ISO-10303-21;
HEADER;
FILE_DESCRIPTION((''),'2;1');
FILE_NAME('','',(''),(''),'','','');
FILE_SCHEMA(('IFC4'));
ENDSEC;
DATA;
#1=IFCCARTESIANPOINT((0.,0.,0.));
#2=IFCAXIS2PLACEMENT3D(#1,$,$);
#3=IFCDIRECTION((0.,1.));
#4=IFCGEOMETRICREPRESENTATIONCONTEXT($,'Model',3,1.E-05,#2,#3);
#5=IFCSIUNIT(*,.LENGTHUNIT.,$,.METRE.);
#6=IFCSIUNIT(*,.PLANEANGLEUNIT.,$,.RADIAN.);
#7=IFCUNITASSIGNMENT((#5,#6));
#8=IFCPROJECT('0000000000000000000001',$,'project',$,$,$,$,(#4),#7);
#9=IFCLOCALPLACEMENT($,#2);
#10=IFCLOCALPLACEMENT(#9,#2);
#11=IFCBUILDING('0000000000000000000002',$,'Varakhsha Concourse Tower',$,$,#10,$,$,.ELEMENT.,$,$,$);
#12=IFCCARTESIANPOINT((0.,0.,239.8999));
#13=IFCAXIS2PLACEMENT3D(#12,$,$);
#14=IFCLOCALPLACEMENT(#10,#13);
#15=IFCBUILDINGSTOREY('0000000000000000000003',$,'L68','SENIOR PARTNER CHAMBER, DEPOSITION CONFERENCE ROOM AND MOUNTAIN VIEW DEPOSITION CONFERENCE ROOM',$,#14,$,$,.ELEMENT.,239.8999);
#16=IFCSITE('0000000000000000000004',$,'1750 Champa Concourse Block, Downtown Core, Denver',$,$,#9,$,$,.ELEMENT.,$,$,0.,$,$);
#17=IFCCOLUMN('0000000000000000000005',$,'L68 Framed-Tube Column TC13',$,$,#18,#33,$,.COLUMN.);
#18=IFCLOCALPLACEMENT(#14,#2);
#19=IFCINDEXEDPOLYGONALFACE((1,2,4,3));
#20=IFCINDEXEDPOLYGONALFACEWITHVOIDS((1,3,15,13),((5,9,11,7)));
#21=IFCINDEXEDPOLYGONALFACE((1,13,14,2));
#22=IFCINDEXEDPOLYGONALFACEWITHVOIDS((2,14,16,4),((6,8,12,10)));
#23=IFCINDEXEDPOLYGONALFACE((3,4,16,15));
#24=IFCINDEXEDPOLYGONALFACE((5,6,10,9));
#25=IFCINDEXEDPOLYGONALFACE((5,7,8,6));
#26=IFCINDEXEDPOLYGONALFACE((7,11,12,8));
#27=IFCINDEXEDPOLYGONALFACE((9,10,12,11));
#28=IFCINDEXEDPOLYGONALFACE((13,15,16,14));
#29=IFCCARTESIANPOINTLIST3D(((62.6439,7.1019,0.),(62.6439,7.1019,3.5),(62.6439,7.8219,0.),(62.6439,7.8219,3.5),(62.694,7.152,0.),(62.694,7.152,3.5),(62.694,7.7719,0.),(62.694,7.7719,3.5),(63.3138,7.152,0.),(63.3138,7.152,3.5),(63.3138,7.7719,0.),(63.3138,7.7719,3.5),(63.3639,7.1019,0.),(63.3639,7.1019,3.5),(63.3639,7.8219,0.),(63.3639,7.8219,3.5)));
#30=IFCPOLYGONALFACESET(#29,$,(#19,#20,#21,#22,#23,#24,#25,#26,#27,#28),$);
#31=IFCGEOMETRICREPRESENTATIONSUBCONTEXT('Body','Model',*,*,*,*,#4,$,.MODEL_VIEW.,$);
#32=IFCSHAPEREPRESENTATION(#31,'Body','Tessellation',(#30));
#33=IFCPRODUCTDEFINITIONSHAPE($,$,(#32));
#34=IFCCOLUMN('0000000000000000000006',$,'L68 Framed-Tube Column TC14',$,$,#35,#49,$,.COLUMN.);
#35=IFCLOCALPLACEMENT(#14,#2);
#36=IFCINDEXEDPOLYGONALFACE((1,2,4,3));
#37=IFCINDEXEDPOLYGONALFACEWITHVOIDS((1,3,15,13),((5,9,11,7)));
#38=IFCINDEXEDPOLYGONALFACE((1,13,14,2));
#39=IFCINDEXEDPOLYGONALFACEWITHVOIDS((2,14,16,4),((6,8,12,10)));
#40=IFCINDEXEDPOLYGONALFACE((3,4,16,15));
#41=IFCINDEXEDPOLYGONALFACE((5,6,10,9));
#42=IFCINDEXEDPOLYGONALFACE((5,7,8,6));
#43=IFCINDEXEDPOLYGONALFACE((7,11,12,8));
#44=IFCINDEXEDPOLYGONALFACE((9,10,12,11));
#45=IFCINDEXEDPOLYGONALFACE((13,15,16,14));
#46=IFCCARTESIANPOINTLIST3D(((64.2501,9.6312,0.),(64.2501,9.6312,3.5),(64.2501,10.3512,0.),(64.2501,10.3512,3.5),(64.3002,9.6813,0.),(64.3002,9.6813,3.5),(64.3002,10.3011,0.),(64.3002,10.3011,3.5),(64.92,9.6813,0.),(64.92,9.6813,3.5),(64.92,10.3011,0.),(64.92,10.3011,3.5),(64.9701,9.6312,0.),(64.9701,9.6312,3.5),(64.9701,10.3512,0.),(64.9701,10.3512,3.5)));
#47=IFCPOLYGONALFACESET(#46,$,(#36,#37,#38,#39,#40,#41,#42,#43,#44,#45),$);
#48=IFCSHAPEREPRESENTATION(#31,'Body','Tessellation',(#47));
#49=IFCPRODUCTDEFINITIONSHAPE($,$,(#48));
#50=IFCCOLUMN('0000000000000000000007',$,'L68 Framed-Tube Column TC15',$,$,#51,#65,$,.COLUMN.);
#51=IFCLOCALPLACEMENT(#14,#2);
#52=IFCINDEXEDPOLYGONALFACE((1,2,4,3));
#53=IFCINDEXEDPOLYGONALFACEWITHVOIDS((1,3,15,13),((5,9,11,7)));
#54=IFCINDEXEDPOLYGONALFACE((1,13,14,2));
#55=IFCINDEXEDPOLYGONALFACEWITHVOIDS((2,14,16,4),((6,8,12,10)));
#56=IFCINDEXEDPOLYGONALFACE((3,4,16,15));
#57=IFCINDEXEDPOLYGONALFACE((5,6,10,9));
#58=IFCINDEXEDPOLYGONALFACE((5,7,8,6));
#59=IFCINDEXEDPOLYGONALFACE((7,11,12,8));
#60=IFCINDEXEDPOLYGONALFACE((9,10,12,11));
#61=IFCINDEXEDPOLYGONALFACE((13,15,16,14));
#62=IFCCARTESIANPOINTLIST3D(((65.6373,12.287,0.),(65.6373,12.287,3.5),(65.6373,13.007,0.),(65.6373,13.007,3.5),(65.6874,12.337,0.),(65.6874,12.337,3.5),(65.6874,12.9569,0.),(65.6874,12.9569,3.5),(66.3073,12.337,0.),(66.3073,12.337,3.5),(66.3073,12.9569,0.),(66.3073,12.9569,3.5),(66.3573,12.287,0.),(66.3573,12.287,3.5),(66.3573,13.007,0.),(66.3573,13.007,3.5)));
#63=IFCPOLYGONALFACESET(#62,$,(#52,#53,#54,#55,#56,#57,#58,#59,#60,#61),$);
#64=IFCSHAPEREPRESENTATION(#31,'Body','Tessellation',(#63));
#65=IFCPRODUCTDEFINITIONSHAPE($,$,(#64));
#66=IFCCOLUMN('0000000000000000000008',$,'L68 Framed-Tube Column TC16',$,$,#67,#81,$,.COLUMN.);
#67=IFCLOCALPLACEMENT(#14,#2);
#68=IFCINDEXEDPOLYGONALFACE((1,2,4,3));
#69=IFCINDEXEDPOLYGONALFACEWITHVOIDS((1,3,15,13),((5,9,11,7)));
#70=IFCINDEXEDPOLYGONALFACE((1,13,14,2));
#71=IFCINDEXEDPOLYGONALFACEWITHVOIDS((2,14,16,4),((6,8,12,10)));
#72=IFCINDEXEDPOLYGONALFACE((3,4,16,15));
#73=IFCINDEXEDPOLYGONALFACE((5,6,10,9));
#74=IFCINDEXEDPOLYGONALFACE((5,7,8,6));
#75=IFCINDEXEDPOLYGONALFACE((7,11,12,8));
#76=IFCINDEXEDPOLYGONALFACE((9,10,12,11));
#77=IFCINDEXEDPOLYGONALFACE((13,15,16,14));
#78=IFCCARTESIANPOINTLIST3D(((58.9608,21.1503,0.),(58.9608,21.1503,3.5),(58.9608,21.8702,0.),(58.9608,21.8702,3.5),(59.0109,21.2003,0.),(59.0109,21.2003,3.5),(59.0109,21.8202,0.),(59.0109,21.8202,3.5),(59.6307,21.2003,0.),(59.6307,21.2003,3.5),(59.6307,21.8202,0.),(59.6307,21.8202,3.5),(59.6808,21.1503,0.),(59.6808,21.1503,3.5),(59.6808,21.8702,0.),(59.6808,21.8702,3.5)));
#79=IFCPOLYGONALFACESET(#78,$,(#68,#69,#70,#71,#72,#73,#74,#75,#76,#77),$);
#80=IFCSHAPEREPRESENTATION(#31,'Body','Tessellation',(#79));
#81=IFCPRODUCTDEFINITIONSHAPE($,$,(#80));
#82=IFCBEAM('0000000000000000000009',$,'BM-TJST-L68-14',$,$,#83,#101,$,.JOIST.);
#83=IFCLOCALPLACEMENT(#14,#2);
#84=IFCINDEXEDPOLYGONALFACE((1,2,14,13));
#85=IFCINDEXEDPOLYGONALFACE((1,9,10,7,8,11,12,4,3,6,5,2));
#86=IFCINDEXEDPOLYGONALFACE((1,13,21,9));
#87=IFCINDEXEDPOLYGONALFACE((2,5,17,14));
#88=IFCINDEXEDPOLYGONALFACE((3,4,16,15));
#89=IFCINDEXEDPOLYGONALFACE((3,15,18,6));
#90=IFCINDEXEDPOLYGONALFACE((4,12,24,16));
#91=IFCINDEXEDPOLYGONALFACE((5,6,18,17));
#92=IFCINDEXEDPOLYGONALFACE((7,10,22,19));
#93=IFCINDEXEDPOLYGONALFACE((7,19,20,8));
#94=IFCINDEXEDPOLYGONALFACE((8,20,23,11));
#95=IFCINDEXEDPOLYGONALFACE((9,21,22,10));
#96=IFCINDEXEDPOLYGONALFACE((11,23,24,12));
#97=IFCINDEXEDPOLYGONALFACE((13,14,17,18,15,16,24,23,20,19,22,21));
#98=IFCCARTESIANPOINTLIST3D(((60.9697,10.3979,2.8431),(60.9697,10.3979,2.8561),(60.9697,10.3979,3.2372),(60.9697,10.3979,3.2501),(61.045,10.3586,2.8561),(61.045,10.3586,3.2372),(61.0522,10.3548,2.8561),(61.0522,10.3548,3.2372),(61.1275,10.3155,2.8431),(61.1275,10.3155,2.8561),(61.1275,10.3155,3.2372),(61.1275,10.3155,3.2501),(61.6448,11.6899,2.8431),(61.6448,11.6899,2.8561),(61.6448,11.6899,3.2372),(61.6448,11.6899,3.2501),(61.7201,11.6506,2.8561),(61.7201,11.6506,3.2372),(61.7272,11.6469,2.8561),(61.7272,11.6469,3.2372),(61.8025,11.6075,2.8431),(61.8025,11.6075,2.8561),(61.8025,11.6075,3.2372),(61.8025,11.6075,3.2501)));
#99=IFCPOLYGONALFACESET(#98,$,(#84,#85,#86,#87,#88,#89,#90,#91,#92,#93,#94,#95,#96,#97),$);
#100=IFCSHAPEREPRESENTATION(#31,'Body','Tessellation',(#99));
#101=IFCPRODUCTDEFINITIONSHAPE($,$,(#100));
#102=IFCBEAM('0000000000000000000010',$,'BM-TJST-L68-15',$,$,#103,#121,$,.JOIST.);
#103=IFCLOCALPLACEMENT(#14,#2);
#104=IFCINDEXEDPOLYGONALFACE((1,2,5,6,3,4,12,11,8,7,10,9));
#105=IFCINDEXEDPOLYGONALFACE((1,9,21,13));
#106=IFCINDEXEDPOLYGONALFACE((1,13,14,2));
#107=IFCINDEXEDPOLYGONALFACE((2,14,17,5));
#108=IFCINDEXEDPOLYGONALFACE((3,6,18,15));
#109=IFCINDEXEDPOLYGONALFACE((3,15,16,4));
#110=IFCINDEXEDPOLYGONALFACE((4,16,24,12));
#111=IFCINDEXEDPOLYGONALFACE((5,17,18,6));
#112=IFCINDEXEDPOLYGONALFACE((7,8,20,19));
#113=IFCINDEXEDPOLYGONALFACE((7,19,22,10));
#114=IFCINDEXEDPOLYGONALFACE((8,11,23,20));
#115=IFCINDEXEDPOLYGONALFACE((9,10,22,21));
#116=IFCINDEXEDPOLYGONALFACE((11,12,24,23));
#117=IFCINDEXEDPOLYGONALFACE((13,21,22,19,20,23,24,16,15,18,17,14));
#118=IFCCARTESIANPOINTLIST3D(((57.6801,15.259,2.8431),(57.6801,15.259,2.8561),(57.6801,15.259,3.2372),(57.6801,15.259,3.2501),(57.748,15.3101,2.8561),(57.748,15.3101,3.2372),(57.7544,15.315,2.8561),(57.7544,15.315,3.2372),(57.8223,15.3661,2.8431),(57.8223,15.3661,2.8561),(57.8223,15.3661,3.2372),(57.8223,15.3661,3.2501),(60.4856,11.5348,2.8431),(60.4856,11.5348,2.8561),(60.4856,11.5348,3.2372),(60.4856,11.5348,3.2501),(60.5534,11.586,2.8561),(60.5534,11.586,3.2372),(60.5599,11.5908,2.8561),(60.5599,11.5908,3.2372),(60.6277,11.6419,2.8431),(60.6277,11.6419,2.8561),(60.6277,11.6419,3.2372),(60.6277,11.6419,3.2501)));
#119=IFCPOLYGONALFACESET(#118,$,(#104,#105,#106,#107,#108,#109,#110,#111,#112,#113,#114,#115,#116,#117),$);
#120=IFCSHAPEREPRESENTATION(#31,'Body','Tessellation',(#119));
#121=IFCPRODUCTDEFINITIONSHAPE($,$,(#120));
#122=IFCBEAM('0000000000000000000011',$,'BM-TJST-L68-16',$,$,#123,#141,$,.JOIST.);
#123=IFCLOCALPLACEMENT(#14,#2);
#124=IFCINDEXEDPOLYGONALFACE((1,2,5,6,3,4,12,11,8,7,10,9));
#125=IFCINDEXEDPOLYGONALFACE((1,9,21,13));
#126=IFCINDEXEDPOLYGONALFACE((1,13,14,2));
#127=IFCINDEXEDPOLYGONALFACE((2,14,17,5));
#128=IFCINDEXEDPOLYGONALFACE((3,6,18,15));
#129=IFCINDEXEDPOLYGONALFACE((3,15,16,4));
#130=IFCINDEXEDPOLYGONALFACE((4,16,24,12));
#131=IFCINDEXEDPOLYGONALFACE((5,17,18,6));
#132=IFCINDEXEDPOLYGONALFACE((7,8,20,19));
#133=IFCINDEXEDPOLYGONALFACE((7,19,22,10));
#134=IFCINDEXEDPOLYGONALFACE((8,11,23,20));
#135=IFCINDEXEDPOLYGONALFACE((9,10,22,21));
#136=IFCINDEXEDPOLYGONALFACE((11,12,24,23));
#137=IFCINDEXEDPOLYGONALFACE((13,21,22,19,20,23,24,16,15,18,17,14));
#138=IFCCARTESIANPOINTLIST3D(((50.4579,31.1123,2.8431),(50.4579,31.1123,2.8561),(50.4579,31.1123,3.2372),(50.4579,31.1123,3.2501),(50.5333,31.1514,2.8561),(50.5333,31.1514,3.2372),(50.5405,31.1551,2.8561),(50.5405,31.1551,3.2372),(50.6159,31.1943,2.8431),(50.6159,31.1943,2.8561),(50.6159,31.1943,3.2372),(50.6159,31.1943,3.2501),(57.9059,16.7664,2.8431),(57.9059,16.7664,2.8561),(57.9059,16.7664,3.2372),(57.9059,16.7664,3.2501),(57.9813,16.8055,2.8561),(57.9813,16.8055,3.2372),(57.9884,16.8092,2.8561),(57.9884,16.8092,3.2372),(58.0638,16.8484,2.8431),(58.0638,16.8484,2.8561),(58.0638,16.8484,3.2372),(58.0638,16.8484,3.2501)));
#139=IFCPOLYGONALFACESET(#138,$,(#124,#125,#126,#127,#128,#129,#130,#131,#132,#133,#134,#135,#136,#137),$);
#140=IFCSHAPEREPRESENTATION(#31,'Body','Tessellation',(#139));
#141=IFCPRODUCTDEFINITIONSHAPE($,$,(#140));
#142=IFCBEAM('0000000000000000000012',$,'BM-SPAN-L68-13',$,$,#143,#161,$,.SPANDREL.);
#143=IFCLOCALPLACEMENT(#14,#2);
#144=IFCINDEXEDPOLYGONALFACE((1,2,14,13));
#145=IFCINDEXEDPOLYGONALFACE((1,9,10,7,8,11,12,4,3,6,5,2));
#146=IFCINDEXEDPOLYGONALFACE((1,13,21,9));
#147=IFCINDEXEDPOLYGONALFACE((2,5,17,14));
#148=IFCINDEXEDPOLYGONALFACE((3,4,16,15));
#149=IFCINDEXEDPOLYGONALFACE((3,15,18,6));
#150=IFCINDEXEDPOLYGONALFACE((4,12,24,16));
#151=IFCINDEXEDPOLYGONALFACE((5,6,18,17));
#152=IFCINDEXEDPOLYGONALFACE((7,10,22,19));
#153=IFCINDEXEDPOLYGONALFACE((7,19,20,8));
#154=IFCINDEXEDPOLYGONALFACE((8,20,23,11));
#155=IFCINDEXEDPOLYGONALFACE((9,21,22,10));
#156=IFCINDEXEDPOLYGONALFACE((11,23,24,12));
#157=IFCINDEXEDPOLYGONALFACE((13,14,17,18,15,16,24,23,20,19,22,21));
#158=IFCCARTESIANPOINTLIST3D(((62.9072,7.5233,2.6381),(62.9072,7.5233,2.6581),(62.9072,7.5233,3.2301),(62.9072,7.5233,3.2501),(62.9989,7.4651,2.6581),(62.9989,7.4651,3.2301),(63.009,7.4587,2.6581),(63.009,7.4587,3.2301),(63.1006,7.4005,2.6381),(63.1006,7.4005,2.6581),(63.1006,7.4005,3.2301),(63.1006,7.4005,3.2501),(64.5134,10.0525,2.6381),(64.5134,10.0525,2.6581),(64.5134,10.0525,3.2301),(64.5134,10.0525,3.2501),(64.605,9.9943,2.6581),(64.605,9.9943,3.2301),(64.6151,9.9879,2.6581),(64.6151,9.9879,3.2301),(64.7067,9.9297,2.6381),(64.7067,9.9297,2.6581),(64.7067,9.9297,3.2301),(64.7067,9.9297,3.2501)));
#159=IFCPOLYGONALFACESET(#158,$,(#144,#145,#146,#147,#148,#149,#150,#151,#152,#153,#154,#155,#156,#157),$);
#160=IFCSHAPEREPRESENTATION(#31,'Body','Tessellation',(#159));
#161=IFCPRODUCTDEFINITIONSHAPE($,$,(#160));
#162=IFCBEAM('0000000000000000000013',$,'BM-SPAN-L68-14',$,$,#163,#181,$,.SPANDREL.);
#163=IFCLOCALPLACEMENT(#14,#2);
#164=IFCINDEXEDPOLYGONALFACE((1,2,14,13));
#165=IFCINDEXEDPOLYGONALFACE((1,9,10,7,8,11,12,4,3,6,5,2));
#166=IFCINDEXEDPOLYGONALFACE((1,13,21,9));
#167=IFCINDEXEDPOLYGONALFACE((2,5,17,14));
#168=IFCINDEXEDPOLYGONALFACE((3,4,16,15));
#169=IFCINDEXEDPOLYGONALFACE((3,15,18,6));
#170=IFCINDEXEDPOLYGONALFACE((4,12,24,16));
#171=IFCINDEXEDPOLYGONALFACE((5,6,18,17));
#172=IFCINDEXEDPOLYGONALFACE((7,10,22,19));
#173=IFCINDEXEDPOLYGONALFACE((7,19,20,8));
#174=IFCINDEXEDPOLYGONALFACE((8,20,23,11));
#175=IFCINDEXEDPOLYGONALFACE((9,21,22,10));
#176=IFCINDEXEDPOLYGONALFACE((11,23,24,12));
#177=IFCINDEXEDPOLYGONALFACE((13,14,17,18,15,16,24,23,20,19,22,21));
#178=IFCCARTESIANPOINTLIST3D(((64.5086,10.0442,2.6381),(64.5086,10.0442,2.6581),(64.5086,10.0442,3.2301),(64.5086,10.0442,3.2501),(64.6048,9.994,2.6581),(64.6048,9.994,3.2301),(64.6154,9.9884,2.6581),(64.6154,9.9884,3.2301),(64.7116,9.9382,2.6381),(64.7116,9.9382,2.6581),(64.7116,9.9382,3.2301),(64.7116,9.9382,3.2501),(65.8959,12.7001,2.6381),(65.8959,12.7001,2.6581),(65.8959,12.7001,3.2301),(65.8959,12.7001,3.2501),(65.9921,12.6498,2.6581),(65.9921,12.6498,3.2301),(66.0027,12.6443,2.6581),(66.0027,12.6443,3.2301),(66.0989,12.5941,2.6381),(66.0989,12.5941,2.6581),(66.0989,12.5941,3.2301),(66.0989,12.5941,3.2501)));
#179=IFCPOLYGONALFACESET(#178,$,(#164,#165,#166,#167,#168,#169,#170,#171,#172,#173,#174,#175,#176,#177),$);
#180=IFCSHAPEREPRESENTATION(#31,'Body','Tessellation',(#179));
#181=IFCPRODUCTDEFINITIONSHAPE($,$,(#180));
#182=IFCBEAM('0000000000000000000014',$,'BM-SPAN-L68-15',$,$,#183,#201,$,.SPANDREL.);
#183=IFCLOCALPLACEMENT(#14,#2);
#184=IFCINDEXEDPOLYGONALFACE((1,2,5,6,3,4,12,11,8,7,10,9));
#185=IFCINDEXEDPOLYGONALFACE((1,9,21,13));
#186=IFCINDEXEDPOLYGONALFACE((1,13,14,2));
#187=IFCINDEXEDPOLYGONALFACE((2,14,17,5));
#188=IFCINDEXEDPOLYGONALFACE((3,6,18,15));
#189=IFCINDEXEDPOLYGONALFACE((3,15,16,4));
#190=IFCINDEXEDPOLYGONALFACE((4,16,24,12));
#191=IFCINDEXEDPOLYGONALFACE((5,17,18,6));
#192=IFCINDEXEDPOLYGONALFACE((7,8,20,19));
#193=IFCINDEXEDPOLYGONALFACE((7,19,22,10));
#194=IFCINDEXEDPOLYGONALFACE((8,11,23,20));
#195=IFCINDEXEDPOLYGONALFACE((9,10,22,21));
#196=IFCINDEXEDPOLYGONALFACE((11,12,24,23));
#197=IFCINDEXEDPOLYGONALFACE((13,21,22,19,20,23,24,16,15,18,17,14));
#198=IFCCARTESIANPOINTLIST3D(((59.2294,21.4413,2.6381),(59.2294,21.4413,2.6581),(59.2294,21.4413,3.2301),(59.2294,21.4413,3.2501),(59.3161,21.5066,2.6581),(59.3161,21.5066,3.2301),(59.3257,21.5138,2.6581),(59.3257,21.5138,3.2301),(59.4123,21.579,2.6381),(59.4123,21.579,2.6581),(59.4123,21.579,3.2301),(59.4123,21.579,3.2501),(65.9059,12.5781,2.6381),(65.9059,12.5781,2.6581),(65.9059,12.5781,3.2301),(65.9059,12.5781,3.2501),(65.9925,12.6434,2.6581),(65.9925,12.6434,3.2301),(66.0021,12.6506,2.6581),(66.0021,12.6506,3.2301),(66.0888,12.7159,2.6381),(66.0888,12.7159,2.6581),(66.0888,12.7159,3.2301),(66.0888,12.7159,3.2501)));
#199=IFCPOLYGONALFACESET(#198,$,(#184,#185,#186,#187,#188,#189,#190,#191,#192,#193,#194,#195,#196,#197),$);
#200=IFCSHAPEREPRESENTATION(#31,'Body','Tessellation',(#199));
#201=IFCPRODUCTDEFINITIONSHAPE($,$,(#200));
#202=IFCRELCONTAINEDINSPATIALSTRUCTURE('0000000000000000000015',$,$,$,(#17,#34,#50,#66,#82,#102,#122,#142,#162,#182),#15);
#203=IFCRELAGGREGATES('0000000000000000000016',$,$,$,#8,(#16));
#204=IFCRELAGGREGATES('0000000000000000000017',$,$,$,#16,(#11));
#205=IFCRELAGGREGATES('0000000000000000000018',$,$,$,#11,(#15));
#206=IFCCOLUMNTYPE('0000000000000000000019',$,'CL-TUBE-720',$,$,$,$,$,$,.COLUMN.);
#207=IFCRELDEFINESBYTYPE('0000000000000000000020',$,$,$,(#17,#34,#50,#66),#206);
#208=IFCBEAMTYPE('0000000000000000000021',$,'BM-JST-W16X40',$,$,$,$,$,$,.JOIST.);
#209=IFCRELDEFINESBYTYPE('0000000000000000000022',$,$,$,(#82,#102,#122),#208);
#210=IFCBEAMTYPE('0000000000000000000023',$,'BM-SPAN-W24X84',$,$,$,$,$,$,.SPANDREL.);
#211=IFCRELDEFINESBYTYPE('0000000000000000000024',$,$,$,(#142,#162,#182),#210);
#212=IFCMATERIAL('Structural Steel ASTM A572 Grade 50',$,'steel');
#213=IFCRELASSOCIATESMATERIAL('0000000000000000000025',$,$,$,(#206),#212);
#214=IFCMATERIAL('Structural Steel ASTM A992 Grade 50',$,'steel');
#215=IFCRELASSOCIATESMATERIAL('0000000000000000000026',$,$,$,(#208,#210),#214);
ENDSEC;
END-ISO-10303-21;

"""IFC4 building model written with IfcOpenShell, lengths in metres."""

from ifc_helpers import new_model, si_unit, direction, frame, origin, origin_2d, place, context, subcontext, project, spatial, hollow_rectangle, i_section, extrude, material, material_profile, profile_set, type_object, element, save


model = new_model("IFC4")

# Units and contexts
model_context = context("Model", 3, precision=1e-05, world=origin(), true_north=direction((0.0, 1.0)))
body_context = subcontext(model_context, "Body", "Model", "MODEL_VIEW")
ifc_project = project(units=[si_unit("LENGTHUNIT", "METRE"), si_unit("PLANEANGLEUNIT", "RADIAN")], contexts=[model_context])

# Site, building, storey
site_placement = place(None, origin())
site = spatial("IfcSite", under=ifc_project, at=site_placement, Name="1750 Champa Concourse Block, Downtown Core, Denver", CompositionType="ELEMENT", RefElevation=0.0)
building_placement = place(site_placement, origin())
building = spatial("IfcBuilding", under=site, at=building_placement, Name="Varakhsha Concourse Tower", CompositionType="ELEMENT")
storey_placement = place(building_placement, frame((0.0, 0.0, 239.8999)))
storey = spatial("IfcBuildingStorey", under=building, at=storey_placement, Name="L68", Description="SENIOR PARTNER CHAMBER, DEPOSITION CONFERENCE ROOM AND MOUNTAIN VIEW DEPOSITION CONFERENCE ROOM", CompositionType="ELEMENT", Elevation=239.8999)

# Columns
ifc_material_1 = material(Name="Structural Steel ASTM A572 Grade 50", Category="steel")
ifc_material_profile_1 = material_profile(ifc_material_1, hollow_rectangle(XDim=0.72, YDim=0.72, WallThickness=0.05, at=origin_2d()), Name="BOX 720x720x50")
ifc_profile_set_1 = profile_set([ifc_material_profile_1], Name="Structural Steel ASTM A572 Grade 50")
column_type = type_object("IfcColumnType", Name="CL-TUBE-720", PredefinedType="COLUMN", material=ifc_profile_set_1)
for number, where, z_axis, x_axis, name in (
    (1, (63.0039, 7.4619, 0.0), (0.0, 0.0, 1.0), (1.0, 0.0, 0.0), "L68 Framed-Tube Column TC13"),
    (2, (64.6101, 9.9912, 0.0), (0.0, 0.0, 1.0), (1.0, 0.0, 0.0), "L68 Framed-Tube Column TC14"),
    (3, (65.9973, 12.647, 0.0), (0.0, 0.0, 1.0), (1.0, 0.0, 0.0), "L68 Framed-Tube Column TC15"),
    (4, (59.3208, 21.5103, 0.0), (0.0, 0.0, 1.0), (1.0, 0.0, 0.0), "L68 Framed-Tube Column TC16"),
):
    element("IfcColumn", number, at=place(storey_placement, frame(where, z_axis=z_axis, x_axis=x_axis)), inside=storey, type_object=column_type, Name=name, PredefinedType="COLUMN", context=body_context, shape_type="SweptSolid", body=[
        extrude(hollow_rectangle(XDim=0.72, YDim=0.72, WallThickness=0.05, at=origin_2d()), origin(), (0.0, 0.0, 1.0), 3.5),
    ])

# Beams
ifc_material_2 = material(Name="Structural Steel ASTM A992 Grade 50", Category="steel")
ifc_material_profile_2 = material_profile(ifc_material_2, i_section(OverallWidth=0.178, OverallDepth=0.407, WebThickness=0.0081, FlangeThickness=0.0129, at=origin_2d()), Name="W16X40")
ifc_profile_set_2 = profile_set([ifc_material_profile_2], Name="Structural Steel ASTM A992 Grade 50")
beam_type_1 = type_object("IfcBeamType", Name="BM-JST-W16X40", PredefinedType="JOIST", material=ifc_profile_set_2)
beam_1_placement = place(storey_placement, frame((61.0486, 10.3567, 3.0466), z_axis=(0.463087, 0.886313, 0.0), x_axis=(-0.886313, 0.463087, 0.0)))
element("IfcBeam", 5, at=beam_1_placement, inside=storey, type_object=beam_type_1, Name="BM-TJST-L68-14", PredefinedType="JOIST", context=body_context, shape_type="SweptSolid", body=[
    extrude(i_section(OverallWidth=0.178, OverallDepth=0.407, WebThickness=0.0081, FlangeThickness=0.0129, at=origin_2d()), origin(), (0.0, 0.0, 1.0), 1.4578),
])
beam_2_placement = place(storey_placement, frame((60.5566, 11.5884, 3.0466), z_axis=(-0.601691, 0.798729, 0.0), x_axis=(-0.798729, -0.601691, 0.0)))
element("IfcBeam", 6, at=beam_2_placement, inside=storey, type_object=beam_type_1, Name="BM-TJST-L68-15", PredefinedType="JOIST", context=body_context, shape_type="SweptSolid", body=[
    extrude(i_section(OverallWidth=0.178, OverallDepth=0.407, WebThickness=0.0081, FlangeThickness=0.0129, at=origin_2d()), origin(), (0.0, 0.0, 1.0), 4.6626),
])
beam_3_placement = place(storey_placement, frame((57.9849, 16.8074, 3.0466), z_axis=(-0.460773, 0.887518, 0.0), x_axis=(-0.887518, -0.460773, 0.0)))
element("IfcBeam", 7, at=beam_3_placement, inside=storey, type_object=beam_type_1, Name="BM-TJST-L68-16", PredefinedType="JOIST", context=body_context, shape_type="SweptSolid", body=[
    extrude(i_section(OverallWidth=0.178, OverallDepth=0.407, WebThickness=0.0081, FlangeThickness=0.0129, at=origin_2d()), origin(), (0.0, 0.0, 1.0), 16.1641),
])
ifc_material_profile_3 = material_profile(ifc_material_2, i_section(OverallWidth=0.229, OverallDepth=0.6121, WebThickness=0.012, FlangeThickness=0.02, at=origin_2d()), Name="W24X84")
ifc_profile_set_3 = profile_set([ifc_material_profile_3], Name="Structural Steel ASTM A992 Grade 50")
beam_type_2 = type_object("IfcBeamType", Name="BM-SPAN-W24X84", PredefinedType="SPANDREL", material=ifc_profile_set_3)
beam_4_placement = place(storey_placement, frame((63.0039, 7.4619, 2.9441), z_axis=(0.536079, 0.844168, 0.0), x_axis=(-0.844168, 0.536079, 0.0)))
element("IfcBeam", 8, at=beam_4_placement, inside=storey, type_object=beam_type_2, Name="BM-SPAN-L68-13", PredefinedType="SPANDREL", context=body_context, shape_type="SweptSolid", body=[
    extrude(i_section(OverallWidth=0.229, OverallDepth=0.6121, WebThickness=0.012, FlangeThickness=0.02, at=origin_2d()), origin(), (0.0, 0.0, 1.0), 2.9961),
])
beam_5_placement = place(storey_placement, frame((64.6101, 9.9912, 2.9441), z_axis=(0.462984, 0.886367, 0.0), x_axis=(-0.886367, 0.462984, 0.0)))
element("IfcBeam", 9, at=beam_5_placement, inside=storey, type_object=beam_type_2, Name="BM-SPAN-L68-14", PredefinedType="SPANDREL", context=body_context, shape_type="SweptSolid", body=[
    extrude(i_section(OverallWidth=0.229, OverallDepth=0.6121, WebThickness=0.012, FlangeThickness=0.02, at=origin_2d()), origin(), (0.0, 0.0, 1.0), 2.9963),
])
beam_6_placement = place(storey_placement, frame((65.9973, 12.647, 2.9441), z_axis=(-0.601674, 0.798742, 0.0), x_axis=(-0.798742, -0.601674, 0.0)))
element("IfcBeam", 10, at=beam_6_placement, inside=storey, type_object=beam_type_2, Name="BM-SPAN-L68-15", PredefinedType="SPANDREL", context=body_context, shape_type="SweptSolid", body=[
    extrude(i_section(OverallWidth=0.229, OverallDepth=0.6121, WebThickness=0.012, FlangeThickness=0.02, at=origin_2d()), origin(), (0.0, 0.0, 1.0), 11.0964),
])

save(model, "model.ifc")
